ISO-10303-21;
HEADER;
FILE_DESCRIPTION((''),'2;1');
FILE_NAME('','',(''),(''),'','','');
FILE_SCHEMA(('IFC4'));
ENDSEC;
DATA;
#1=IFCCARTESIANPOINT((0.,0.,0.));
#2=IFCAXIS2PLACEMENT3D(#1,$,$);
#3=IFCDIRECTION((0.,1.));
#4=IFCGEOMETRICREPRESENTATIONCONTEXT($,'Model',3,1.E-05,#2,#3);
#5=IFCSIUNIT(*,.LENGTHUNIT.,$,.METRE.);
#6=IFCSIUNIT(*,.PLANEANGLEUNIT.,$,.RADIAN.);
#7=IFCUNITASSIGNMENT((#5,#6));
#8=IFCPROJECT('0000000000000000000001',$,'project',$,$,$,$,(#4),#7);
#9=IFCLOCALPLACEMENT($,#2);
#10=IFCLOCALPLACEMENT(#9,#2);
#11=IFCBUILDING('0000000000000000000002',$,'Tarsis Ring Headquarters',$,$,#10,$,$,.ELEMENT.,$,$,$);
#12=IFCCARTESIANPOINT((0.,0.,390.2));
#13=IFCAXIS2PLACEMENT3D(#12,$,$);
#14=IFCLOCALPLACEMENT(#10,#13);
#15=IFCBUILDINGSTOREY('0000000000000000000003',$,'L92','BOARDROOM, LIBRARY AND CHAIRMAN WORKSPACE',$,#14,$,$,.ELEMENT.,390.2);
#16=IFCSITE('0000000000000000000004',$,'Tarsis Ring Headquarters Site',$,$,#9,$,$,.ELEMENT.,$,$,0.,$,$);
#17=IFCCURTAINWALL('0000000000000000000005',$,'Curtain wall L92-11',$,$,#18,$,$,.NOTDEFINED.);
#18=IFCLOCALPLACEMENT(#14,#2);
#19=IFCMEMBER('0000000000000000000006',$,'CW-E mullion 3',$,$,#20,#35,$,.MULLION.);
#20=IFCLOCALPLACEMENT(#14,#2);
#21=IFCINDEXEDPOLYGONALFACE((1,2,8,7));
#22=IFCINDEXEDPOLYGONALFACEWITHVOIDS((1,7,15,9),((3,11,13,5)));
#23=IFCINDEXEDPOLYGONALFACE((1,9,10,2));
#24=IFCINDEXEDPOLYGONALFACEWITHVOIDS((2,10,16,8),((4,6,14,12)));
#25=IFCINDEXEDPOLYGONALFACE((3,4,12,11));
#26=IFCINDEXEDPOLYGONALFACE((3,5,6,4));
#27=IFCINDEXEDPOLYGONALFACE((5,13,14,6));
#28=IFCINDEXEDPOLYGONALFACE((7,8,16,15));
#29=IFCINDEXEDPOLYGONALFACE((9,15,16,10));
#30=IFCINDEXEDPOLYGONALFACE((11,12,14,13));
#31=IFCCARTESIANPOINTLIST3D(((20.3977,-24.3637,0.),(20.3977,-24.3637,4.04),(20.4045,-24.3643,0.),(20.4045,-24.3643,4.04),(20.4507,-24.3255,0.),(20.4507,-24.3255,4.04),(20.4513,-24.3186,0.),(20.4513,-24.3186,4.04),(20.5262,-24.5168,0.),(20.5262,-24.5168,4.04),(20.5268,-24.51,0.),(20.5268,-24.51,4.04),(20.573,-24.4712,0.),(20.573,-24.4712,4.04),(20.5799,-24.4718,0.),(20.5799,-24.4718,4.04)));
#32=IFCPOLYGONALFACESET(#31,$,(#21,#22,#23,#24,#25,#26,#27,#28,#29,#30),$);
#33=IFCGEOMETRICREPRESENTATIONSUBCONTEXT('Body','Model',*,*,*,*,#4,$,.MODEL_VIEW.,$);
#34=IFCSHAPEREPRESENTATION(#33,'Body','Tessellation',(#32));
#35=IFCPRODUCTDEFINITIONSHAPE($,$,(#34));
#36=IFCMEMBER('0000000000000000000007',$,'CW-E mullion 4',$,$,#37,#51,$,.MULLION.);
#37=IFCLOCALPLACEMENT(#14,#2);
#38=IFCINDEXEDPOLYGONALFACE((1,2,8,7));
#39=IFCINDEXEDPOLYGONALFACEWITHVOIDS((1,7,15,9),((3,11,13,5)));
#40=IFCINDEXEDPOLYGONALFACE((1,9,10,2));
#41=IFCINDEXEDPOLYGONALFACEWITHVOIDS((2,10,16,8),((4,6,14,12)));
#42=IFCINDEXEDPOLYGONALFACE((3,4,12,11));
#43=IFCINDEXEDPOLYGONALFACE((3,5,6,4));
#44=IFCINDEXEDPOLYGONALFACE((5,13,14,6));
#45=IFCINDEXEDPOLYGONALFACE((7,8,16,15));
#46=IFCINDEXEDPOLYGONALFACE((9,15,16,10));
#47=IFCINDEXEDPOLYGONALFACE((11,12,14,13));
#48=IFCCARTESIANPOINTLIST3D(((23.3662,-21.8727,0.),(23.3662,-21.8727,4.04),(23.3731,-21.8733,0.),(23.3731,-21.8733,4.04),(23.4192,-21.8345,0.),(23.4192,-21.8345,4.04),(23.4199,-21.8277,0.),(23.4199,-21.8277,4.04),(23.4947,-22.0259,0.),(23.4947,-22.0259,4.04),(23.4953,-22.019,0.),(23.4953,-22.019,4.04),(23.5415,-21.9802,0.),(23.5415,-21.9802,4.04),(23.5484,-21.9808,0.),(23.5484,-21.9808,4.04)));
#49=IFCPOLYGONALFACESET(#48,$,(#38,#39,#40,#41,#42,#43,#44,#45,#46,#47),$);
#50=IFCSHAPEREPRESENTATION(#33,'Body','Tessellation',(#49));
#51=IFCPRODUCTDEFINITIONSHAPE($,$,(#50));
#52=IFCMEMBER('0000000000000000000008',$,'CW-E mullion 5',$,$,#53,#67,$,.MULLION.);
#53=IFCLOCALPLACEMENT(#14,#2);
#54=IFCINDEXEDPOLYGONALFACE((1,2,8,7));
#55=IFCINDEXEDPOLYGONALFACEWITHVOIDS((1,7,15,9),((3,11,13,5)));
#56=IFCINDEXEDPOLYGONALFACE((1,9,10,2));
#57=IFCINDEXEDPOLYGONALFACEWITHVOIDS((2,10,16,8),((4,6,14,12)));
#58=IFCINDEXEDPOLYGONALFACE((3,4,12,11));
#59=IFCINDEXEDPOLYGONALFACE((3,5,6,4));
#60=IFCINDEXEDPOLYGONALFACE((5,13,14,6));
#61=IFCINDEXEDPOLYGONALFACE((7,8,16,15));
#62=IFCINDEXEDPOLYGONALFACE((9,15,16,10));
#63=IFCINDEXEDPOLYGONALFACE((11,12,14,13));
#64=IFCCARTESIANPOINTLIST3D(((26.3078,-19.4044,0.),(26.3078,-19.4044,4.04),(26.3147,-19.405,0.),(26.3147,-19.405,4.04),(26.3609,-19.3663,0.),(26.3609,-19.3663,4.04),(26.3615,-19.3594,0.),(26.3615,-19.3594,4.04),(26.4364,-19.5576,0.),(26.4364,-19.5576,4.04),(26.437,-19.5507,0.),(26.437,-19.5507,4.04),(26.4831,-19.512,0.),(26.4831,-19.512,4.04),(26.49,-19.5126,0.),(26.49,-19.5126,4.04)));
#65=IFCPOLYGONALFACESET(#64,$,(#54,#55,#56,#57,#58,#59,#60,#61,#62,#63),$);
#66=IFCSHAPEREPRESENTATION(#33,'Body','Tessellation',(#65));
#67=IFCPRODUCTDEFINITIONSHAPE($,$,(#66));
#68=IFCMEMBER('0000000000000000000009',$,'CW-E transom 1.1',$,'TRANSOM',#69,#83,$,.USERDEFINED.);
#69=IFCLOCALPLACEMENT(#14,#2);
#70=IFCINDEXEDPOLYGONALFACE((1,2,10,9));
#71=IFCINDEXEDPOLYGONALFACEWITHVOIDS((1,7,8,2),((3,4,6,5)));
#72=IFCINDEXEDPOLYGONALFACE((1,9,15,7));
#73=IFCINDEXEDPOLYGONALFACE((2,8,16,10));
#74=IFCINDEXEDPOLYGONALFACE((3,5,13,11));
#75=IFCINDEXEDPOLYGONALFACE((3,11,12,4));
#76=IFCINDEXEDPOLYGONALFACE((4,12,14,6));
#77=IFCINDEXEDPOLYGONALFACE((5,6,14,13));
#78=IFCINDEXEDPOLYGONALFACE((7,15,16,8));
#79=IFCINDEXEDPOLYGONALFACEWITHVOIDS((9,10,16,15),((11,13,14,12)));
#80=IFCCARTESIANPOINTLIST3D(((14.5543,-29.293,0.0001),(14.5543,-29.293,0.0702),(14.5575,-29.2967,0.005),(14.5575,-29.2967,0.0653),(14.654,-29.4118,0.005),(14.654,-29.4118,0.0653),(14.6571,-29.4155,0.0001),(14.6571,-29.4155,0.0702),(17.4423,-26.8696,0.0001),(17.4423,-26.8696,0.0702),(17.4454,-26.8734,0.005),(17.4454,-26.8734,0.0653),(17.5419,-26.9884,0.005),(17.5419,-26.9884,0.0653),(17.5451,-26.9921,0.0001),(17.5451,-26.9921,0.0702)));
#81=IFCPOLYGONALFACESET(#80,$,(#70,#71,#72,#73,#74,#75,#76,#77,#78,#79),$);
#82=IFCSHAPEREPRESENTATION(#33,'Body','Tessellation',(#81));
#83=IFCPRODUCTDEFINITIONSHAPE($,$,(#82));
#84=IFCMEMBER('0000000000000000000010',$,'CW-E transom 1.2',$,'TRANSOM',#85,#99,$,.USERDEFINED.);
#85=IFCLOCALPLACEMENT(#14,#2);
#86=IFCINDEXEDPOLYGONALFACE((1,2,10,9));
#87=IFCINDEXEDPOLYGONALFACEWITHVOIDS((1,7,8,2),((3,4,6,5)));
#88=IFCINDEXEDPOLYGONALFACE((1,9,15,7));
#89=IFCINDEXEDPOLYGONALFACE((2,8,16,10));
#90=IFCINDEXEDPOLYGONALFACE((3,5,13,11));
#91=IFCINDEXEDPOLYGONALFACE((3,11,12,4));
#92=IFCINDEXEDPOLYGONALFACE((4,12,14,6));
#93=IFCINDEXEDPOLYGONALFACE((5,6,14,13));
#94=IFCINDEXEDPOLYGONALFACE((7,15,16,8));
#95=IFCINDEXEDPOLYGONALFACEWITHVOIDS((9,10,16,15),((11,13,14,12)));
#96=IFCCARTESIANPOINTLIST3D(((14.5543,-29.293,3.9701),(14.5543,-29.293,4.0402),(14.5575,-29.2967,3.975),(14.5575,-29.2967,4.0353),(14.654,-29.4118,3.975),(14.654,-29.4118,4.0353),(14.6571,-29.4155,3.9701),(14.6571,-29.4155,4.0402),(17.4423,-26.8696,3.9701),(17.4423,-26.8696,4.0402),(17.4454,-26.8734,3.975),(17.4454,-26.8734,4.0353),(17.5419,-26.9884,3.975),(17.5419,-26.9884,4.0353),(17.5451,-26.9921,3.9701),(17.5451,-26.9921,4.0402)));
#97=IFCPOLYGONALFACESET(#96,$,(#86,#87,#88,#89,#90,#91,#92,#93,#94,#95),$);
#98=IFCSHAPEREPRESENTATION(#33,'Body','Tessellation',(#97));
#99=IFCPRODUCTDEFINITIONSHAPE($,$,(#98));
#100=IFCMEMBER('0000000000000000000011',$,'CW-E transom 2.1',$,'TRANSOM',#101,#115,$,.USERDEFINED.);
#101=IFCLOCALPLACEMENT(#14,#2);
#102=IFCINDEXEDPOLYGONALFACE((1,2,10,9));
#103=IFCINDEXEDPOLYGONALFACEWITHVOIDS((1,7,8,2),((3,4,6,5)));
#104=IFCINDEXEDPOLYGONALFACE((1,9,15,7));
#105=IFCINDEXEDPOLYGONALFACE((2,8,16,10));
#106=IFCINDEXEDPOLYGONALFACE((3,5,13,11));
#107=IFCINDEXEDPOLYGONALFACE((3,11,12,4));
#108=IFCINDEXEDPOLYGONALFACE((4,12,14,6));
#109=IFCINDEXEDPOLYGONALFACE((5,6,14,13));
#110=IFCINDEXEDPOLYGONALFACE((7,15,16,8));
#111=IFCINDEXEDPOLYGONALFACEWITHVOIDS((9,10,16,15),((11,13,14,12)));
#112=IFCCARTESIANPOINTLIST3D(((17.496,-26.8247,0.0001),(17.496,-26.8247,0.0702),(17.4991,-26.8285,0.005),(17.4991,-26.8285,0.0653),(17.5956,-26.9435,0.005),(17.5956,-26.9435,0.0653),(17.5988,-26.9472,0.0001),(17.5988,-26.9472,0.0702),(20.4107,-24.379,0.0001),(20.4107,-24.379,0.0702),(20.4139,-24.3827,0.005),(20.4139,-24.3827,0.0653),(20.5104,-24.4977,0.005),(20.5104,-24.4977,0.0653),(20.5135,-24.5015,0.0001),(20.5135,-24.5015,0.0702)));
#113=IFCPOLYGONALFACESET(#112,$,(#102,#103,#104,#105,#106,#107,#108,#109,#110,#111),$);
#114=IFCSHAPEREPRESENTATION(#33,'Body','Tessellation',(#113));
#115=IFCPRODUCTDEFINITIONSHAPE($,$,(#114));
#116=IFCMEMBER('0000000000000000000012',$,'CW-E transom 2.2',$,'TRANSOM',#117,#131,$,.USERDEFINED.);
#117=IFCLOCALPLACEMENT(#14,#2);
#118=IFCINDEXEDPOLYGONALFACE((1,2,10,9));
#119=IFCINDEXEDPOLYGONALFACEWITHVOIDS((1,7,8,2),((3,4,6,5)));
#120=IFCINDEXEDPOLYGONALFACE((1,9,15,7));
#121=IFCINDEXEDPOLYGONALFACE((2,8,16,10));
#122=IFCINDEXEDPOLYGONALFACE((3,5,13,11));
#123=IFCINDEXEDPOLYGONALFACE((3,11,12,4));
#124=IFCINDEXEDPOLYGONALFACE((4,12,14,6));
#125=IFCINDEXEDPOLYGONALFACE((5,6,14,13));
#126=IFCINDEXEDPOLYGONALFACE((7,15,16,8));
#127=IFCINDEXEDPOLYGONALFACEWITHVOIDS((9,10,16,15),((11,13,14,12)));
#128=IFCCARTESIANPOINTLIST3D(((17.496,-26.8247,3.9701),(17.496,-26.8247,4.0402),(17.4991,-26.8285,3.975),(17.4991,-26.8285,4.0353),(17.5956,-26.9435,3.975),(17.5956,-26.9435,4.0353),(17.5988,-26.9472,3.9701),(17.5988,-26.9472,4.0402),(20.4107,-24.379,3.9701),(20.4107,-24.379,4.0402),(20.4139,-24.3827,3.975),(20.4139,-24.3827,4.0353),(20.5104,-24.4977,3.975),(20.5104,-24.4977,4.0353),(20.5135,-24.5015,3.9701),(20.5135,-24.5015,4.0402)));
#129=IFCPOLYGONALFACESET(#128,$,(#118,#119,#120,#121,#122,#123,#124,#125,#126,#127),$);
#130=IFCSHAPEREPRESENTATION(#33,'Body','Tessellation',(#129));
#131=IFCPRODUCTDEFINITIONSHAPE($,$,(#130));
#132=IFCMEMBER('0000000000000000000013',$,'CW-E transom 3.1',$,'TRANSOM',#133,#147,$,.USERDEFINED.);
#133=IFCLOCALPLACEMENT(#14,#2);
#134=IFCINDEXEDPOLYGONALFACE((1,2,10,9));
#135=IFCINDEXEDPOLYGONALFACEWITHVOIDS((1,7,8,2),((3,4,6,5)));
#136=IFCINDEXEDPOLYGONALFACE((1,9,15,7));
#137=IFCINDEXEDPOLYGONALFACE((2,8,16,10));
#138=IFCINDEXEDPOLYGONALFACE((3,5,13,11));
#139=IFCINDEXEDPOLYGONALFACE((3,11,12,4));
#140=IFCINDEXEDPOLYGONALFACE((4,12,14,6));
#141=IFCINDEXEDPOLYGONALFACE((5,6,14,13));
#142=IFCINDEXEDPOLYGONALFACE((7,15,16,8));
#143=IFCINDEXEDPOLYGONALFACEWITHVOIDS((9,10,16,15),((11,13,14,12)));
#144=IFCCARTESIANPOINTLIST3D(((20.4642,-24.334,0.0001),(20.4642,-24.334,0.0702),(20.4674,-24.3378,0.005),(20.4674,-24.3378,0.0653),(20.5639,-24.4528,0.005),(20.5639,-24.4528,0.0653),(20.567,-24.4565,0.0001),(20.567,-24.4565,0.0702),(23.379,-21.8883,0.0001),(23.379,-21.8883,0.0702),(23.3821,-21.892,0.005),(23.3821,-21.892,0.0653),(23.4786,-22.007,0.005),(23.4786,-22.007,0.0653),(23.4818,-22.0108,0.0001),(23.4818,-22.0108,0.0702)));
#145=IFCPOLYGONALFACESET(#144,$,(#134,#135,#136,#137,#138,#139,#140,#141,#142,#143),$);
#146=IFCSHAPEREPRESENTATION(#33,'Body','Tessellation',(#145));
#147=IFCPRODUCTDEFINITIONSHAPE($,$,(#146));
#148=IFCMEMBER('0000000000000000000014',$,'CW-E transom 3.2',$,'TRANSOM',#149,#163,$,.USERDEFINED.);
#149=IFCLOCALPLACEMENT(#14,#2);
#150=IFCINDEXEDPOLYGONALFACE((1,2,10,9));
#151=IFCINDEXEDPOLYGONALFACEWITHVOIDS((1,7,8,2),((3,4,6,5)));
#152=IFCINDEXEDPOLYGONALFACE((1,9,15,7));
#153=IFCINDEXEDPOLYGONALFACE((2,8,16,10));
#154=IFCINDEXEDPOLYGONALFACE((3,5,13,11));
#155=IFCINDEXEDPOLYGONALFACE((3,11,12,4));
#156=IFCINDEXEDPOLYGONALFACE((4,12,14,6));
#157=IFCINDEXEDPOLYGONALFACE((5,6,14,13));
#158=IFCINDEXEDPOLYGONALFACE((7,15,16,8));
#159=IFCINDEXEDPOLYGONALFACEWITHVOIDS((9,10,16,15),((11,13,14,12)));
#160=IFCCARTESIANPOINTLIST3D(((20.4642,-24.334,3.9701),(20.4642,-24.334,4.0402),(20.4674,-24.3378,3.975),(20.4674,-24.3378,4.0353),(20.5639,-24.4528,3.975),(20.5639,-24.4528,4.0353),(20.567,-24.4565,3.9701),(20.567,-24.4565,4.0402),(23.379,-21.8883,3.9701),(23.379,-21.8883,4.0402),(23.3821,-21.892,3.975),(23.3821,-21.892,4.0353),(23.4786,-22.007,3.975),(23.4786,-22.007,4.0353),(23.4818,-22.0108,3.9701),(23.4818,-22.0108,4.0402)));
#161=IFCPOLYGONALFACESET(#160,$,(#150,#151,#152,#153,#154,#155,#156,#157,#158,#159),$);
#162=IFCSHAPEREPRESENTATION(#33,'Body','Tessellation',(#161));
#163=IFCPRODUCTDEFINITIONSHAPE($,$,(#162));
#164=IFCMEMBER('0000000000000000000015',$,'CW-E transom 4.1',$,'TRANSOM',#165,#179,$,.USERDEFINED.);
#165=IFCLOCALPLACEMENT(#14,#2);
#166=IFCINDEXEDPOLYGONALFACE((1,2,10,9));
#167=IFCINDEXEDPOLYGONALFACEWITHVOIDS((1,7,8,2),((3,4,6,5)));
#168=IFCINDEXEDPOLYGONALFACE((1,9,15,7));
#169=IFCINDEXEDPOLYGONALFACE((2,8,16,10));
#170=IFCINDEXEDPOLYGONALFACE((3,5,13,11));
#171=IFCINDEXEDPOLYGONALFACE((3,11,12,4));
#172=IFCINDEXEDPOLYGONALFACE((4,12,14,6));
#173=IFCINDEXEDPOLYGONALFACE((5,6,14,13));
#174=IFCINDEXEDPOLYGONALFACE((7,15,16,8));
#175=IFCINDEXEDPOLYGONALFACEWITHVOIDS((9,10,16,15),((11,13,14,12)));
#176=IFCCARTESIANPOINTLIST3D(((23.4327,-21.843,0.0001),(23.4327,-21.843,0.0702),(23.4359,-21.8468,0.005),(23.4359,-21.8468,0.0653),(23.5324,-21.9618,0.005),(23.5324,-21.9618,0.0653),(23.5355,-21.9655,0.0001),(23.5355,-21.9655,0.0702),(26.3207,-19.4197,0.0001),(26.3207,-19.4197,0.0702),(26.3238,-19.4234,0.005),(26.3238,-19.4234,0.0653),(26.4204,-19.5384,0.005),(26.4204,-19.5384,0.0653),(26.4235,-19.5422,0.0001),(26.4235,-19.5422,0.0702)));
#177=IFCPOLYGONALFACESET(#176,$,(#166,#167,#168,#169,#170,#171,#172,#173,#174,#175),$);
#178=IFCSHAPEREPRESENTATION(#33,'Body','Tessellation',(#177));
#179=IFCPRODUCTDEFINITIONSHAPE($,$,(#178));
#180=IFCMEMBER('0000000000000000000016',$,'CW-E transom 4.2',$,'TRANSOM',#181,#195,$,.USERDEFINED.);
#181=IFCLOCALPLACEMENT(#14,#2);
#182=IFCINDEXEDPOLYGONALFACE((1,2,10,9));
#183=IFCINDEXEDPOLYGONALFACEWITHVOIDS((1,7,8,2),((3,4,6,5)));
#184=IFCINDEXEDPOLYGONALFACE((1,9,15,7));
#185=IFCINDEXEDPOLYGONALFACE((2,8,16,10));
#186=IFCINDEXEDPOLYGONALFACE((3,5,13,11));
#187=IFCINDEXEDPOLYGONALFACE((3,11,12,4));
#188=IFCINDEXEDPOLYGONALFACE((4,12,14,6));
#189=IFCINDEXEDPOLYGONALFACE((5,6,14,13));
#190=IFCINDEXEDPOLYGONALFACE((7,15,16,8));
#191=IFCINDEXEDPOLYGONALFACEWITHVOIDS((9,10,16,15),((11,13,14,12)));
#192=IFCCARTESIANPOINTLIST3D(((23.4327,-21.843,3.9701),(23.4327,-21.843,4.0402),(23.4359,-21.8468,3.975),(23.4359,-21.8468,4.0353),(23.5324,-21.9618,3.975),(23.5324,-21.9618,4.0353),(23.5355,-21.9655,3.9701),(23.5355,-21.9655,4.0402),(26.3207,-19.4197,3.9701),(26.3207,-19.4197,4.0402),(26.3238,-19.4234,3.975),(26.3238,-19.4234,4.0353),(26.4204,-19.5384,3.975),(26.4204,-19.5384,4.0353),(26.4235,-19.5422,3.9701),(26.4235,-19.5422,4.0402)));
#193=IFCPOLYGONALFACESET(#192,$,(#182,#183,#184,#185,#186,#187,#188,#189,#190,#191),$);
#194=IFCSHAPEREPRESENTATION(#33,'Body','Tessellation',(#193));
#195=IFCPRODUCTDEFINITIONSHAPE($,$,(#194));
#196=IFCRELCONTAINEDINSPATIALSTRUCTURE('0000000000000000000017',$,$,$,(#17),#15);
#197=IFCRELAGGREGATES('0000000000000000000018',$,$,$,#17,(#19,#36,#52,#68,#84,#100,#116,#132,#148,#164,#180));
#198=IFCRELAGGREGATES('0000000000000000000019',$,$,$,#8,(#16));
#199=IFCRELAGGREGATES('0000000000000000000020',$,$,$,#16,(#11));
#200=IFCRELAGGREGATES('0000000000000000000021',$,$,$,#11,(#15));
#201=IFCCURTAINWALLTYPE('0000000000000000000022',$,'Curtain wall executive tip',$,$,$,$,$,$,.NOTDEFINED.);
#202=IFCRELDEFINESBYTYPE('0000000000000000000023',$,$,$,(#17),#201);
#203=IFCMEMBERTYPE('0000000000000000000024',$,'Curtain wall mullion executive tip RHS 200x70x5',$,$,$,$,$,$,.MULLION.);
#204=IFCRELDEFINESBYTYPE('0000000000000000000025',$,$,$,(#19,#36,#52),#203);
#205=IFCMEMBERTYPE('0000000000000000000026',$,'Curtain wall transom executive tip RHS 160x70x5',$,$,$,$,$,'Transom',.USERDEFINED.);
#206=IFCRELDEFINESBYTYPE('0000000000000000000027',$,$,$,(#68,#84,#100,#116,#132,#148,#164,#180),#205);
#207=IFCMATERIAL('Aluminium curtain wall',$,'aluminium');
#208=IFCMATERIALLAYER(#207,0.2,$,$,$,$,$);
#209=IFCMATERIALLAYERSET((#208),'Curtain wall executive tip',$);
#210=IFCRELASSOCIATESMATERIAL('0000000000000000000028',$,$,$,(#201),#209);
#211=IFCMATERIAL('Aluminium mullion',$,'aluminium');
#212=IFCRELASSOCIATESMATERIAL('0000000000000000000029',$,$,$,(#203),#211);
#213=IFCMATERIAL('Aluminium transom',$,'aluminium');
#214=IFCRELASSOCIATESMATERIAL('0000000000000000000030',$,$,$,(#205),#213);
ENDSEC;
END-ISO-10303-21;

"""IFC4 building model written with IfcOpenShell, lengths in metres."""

from ifc_helpers import new_model, si_unit, direction, frame, origin, origin_2d, place, context, subcontext, project, spatial, hollow_rectangle, extrude, material, layer, layer_set, material_profile, profile_set, type_object, element, aggregate, save


model = new_model("IFC4")

# Units and contexts
model_context = context("Model", 3, precision=1e-05, world=origin(), true_north=direction((0.0, 1.0)))
body_context = subcontext(model_context, "Body", "Model", "MODEL_VIEW")
ifc_project = project(units=[si_unit("LENGTHUNIT", "METRE"), si_unit("PLANEANGLEUNIT", "RADIAN")], contexts=[model_context])

# Site, building, storey
site_placement = place(None, origin())
site = spatial("IfcSite", under=ifc_project, at=site_placement, Name="Tarsis Ring Headquarters Site", CompositionType="ELEMENT", RefElevation=0.0)
building_placement = place(site_placement, origin())
building = spatial("IfcBuilding", under=site, at=building_placement, Name="Tarsis Ring Headquarters", CompositionType="ELEMENT")
storey_placement = place(building_placement, frame((0.0, 0.0, 390.2)))
storey = spatial("IfcBuildingStorey", under=building, at=storey_placement, Name="L92", Description="BOARDROOM, LIBRARY AND CHAIRMAN WORKSPACE", CompositionType="ELEMENT", Elevation=390.2)

# Curtain wall, members
ifc_material_1 = material(Name="Aluminium curtain wall", Category="aluminium")
ifc_layer_1 = layer(ifc_material_1, 0.2)
ifc_layer_set_1 = layer_set([ifc_layer_1], Name="Curtain wall executive tip")
curtain_wall_type = type_object("IfcCurtainWallType", Name="Curtain wall executive tip", PredefinedType="NOTDEFINED", material=ifc_layer_set_1)
curtain_wall_placement = place(storey_placement, origin())
curtain_wall = element("IfcCurtainWall", 1, at=curtain_wall_placement, inside=storey, type_object=curtain_wall_type, Name="Curtain wall L92-11", PredefinedType="NOTDEFINED")
ifc_material_2 = material(Name="Aluminium mullion", Category="aluminium")
ifc_material_profile_1 = material_profile(ifc_material_2, hollow_rectangle(XDim=0.2, YDim=0.0701, WallThickness=0.0049, at=origin_2d()), Name="RHS 200x70x5")
ifc_profile_set_1 = profile_set([ifc_material_profile_1], Name="Aluminium mullion")
member_type_1 = type_object("IfcMemberType", Name="Curtain wall mullion executive tip RHS 200x70x5", PredefinedType="MULLION", material=ifc_profile_set_1)
member_1_placement = place(storey_placement, frame((20.4888, -24.4177, 0.0), z_axis=(0.0, 0.0, 1.0), x_axis=(-0.642788, 0.766044, 0.0)))
member_1 = element("IfcMember", 2, at=member_1_placement, type_object=member_type_1, Name="CW-E mullion 3", PredefinedType="MULLION", context=body_context, shape_type="SweptSolid", body=[
    extrude(hollow_rectangle(XDim=0.2, YDim=0.0701, WallThickness=0.0049, at=origin_2d()), origin(), (0.0, 0.0, 1.0), 4.04),
])
member_2_placement = place(storey_placement, frame((23.4573, -21.9268, 0.0), z_axis=(0.0, 0.0, 1.0), x_axis=(-0.642788, 0.766044, 0.0)))
member_2 = element("IfcMember", 3, at=member_2_placement, type_object=member_type_1, Name="CW-E mullion 4", PredefinedType="MULLION", context=body_context, shape_type="SweptSolid", body=[
    extrude(hollow_rectangle(XDim=0.2, YDim=0.0701, WallThickness=0.0049, at=origin_2d()), origin(), (0.0, 0.0, 1.0), 4.04),
])
member_3_placement = place(storey_placement, frame((26.3989, -19.4585, 0.0), z_axis=(0.0, 0.0, 1.0), x_axis=(-0.642788, 0.766044, 0.0)))
member_3 = element("IfcMember", 4, at=member_3_placement, type_object=member_type_1, Name="CW-E mullion 5", PredefinedType="MULLION", context=body_context, shape_type="SweptSolid", body=[
    extrude(hollow_rectangle(XDim=0.2, YDim=0.0701, WallThickness=0.0049, at=origin_2d()), origin(), (0.0, 0.0, 1.0), 4.04),
])
ifc_material_3 = material(Name="Aluminium transom", Category="aluminium")
ifc_material_profile_2 = material_profile(ifc_material_3, hollow_rectangle(XDim=0.1599, YDim=0.0701, WallThickness=0.0049, at=origin_2d()), Name="RHS 160x70x5")
ifc_profile_set_2 = profile_set([ifc_material_profile_2], Name="Aluminium transom")
member_type_2 = type_object("IfcMemberType", Name="Curtain wall transom executive tip RHS 160x70x5", ElementType="Transom", PredefinedType="USERDEFINED", material=ifc_profile_set_2)
member_4_placement = place(storey_placement, frame((14.6057, -29.3542, 0.0352), z_axis=(0.766035, 0.642799, 0.0), x_axis=(-0.642799, 0.766035, 0.0)))
member_4 = element("IfcMember", 5, at=member_4_placement, type_object=member_type_2, Name="CW-E transom 1.1", ObjectType="TRANSOM", PredefinedType="USERDEFINED", context=body_context, shape_type="SweptSolid", body=[
    extrude(hollow_rectangle(XDim=0.1599, YDim=0.0701, WallThickness=0.0049, at=origin_2d()), origin(), (0.0, 0.0, 1.0), 3.77),
])
member_5_placement = place(storey_placement, frame((14.6057, -29.3542, 4.0051), z_axis=(0.766035, 0.642799, 0.0), x_axis=(-0.642799, 0.766035, 0.0)))
member_5 = element("IfcMember", 6, at=member_5_placement, type_object=member_type_2, Name="CW-E transom 1.2", ObjectType="TRANSOM", PredefinedType="USERDEFINED", context=body_context, shape_type="SweptSolid", body=[
    extrude(hollow_rectangle(XDim=0.1599, YDim=0.0701, WallThickness=0.0049, at=origin_2d()), origin(), (0.0, 0.0, 1.0), 3.77),
])
member_6_placement = place(storey_placement, frame((17.5474, -26.886, 0.0352), z_axis=(0.766045, 0.642787, 0.0), x_axis=(-0.642787, 0.766045, 0.0)))
member_6 = element("IfcMember", 7, at=member_6_placement, type_object=member_type_2, Name="CW-E transom 2.1", ObjectType="TRANSOM", PredefinedType="USERDEFINED", context=body_context, shape_type="SweptSolid", body=[
    extrude(hollow_rectangle(XDim=0.1599, YDim=0.0701, WallThickness=0.0049, at=origin_2d()), origin(), (0.0, 0.0, 1.0), 3.8049),
])
member_7_placement = place(storey_placement, frame((17.5474, -26.886, 4.0051), z_axis=(0.766045, 0.642787, 0.0), x_axis=(-0.642787, 0.766045, 0.0)))
member_7 = element("IfcMember", 8, at=member_7_placement, type_object=member_type_2, Name="CW-E transom 2.2", ObjectType="TRANSOM", PredefinedType="USERDEFINED", context=body_context, shape_type="SweptSolid", body=[
    extrude(hollow_rectangle(XDim=0.1599, YDim=0.0701, WallThickness=0.0049, at=origin_2d()), origin(), (0.0, 0.0, 1.0), 3.8049),
])
member_8_placement = place(storey_placement, frame((20.5156, -24.3953, 0.0352), z_axis=(0.766045, 0.642787, 0.0), x_axis=(-0.642787, 0.766045, 0.0)))
member_8 = element("IfcMember", 9, at=member_8_placement, type_object=member_type_2, Name="CW-E transom 3.1", ObjectType="TRANSOM", PredefinedType="USERDEFINED", context=body_context, shape_type="SweptSolid", body=[
    extrude(hollow_rectangle(XDim=0.1599, YDim=0.0701, WallThickness=0.0049, at=origin_2d()), origin(), (0.0, 0.0, 1.0), 3.8049),
])
member_9_placement = place(storey_placement, frame((20.5156, -24.3953, 4.0051), z_axis=(0.766045, 0.642787, 0.0), x_axis=(-0.642787, 0.766045, 0.0)))
member_9 = element("IfcMember", 10, at=member_9_placement, type_object=member_type_2, Name="CW-E transom 3.2", ObjectType="TRANSOM", PredefinedType="USERDEFINED", context=body_context, shape_type="SweptSolid", body=[
    extrude(hollow_rectangle(XDim=0.1599, YDim=0.0701, WallThickness=0.0049, at=origin_2d()), origin(), (0.0, 0.0, 1.0), 3.8049),
])
member_10_placement = place(storey_placement, frame((23.4841, -21.9043, 0.0352), z_axis=(0.766035, 0.642799, 0.0), x_axis=(-0.642799, 0.766035, 0.0)))
member_10 = element("IfcMember", 11, at=member_10_placement, type_object=member_type_2, Name="CW-E transom 4.1", ObjectType="TRANSOM", PredefinedType="USERDEFINED", context=body_context, shape_type="SweptSolid", body=[
    extrude(hollow_rectangle(XDim=0.1599, YDim=0.0701, WallThickness=0.0049, at=origin_2d()), origin(), (0.0, 0.0, 1.0), 3.77),
])
member_11_placement = place(storey_placement, frame((23.4841, -21.9043, 4.0051), z_axis=(0.766035, 0.642799, 0.0), x_axis=(-0.642799, 0.766035, 0.0)))
member_11 = element("IfcMember", 12, at=member_11_placement, type_object=member_type_2, Name="CW-E transom 4.2", ObjectType="TRANSOM", PredefinedType="USERDEFINED", context=body_context, shape_type="SweptSolid", body=[
    extrude(hollow_rectangle(XDim=0.1599, YDim=0.0701, WallThickness=0.0049, at=origin_2d()), origin(), (0.0, 0.0, 1.0), 3.77),
])

aggregate(curtain_wall, [member_1, member_2, member_3, member_4, member_5, member_6, member_7, member_8, member_9, member_10, member_11])

save(model, "model.ifc")
